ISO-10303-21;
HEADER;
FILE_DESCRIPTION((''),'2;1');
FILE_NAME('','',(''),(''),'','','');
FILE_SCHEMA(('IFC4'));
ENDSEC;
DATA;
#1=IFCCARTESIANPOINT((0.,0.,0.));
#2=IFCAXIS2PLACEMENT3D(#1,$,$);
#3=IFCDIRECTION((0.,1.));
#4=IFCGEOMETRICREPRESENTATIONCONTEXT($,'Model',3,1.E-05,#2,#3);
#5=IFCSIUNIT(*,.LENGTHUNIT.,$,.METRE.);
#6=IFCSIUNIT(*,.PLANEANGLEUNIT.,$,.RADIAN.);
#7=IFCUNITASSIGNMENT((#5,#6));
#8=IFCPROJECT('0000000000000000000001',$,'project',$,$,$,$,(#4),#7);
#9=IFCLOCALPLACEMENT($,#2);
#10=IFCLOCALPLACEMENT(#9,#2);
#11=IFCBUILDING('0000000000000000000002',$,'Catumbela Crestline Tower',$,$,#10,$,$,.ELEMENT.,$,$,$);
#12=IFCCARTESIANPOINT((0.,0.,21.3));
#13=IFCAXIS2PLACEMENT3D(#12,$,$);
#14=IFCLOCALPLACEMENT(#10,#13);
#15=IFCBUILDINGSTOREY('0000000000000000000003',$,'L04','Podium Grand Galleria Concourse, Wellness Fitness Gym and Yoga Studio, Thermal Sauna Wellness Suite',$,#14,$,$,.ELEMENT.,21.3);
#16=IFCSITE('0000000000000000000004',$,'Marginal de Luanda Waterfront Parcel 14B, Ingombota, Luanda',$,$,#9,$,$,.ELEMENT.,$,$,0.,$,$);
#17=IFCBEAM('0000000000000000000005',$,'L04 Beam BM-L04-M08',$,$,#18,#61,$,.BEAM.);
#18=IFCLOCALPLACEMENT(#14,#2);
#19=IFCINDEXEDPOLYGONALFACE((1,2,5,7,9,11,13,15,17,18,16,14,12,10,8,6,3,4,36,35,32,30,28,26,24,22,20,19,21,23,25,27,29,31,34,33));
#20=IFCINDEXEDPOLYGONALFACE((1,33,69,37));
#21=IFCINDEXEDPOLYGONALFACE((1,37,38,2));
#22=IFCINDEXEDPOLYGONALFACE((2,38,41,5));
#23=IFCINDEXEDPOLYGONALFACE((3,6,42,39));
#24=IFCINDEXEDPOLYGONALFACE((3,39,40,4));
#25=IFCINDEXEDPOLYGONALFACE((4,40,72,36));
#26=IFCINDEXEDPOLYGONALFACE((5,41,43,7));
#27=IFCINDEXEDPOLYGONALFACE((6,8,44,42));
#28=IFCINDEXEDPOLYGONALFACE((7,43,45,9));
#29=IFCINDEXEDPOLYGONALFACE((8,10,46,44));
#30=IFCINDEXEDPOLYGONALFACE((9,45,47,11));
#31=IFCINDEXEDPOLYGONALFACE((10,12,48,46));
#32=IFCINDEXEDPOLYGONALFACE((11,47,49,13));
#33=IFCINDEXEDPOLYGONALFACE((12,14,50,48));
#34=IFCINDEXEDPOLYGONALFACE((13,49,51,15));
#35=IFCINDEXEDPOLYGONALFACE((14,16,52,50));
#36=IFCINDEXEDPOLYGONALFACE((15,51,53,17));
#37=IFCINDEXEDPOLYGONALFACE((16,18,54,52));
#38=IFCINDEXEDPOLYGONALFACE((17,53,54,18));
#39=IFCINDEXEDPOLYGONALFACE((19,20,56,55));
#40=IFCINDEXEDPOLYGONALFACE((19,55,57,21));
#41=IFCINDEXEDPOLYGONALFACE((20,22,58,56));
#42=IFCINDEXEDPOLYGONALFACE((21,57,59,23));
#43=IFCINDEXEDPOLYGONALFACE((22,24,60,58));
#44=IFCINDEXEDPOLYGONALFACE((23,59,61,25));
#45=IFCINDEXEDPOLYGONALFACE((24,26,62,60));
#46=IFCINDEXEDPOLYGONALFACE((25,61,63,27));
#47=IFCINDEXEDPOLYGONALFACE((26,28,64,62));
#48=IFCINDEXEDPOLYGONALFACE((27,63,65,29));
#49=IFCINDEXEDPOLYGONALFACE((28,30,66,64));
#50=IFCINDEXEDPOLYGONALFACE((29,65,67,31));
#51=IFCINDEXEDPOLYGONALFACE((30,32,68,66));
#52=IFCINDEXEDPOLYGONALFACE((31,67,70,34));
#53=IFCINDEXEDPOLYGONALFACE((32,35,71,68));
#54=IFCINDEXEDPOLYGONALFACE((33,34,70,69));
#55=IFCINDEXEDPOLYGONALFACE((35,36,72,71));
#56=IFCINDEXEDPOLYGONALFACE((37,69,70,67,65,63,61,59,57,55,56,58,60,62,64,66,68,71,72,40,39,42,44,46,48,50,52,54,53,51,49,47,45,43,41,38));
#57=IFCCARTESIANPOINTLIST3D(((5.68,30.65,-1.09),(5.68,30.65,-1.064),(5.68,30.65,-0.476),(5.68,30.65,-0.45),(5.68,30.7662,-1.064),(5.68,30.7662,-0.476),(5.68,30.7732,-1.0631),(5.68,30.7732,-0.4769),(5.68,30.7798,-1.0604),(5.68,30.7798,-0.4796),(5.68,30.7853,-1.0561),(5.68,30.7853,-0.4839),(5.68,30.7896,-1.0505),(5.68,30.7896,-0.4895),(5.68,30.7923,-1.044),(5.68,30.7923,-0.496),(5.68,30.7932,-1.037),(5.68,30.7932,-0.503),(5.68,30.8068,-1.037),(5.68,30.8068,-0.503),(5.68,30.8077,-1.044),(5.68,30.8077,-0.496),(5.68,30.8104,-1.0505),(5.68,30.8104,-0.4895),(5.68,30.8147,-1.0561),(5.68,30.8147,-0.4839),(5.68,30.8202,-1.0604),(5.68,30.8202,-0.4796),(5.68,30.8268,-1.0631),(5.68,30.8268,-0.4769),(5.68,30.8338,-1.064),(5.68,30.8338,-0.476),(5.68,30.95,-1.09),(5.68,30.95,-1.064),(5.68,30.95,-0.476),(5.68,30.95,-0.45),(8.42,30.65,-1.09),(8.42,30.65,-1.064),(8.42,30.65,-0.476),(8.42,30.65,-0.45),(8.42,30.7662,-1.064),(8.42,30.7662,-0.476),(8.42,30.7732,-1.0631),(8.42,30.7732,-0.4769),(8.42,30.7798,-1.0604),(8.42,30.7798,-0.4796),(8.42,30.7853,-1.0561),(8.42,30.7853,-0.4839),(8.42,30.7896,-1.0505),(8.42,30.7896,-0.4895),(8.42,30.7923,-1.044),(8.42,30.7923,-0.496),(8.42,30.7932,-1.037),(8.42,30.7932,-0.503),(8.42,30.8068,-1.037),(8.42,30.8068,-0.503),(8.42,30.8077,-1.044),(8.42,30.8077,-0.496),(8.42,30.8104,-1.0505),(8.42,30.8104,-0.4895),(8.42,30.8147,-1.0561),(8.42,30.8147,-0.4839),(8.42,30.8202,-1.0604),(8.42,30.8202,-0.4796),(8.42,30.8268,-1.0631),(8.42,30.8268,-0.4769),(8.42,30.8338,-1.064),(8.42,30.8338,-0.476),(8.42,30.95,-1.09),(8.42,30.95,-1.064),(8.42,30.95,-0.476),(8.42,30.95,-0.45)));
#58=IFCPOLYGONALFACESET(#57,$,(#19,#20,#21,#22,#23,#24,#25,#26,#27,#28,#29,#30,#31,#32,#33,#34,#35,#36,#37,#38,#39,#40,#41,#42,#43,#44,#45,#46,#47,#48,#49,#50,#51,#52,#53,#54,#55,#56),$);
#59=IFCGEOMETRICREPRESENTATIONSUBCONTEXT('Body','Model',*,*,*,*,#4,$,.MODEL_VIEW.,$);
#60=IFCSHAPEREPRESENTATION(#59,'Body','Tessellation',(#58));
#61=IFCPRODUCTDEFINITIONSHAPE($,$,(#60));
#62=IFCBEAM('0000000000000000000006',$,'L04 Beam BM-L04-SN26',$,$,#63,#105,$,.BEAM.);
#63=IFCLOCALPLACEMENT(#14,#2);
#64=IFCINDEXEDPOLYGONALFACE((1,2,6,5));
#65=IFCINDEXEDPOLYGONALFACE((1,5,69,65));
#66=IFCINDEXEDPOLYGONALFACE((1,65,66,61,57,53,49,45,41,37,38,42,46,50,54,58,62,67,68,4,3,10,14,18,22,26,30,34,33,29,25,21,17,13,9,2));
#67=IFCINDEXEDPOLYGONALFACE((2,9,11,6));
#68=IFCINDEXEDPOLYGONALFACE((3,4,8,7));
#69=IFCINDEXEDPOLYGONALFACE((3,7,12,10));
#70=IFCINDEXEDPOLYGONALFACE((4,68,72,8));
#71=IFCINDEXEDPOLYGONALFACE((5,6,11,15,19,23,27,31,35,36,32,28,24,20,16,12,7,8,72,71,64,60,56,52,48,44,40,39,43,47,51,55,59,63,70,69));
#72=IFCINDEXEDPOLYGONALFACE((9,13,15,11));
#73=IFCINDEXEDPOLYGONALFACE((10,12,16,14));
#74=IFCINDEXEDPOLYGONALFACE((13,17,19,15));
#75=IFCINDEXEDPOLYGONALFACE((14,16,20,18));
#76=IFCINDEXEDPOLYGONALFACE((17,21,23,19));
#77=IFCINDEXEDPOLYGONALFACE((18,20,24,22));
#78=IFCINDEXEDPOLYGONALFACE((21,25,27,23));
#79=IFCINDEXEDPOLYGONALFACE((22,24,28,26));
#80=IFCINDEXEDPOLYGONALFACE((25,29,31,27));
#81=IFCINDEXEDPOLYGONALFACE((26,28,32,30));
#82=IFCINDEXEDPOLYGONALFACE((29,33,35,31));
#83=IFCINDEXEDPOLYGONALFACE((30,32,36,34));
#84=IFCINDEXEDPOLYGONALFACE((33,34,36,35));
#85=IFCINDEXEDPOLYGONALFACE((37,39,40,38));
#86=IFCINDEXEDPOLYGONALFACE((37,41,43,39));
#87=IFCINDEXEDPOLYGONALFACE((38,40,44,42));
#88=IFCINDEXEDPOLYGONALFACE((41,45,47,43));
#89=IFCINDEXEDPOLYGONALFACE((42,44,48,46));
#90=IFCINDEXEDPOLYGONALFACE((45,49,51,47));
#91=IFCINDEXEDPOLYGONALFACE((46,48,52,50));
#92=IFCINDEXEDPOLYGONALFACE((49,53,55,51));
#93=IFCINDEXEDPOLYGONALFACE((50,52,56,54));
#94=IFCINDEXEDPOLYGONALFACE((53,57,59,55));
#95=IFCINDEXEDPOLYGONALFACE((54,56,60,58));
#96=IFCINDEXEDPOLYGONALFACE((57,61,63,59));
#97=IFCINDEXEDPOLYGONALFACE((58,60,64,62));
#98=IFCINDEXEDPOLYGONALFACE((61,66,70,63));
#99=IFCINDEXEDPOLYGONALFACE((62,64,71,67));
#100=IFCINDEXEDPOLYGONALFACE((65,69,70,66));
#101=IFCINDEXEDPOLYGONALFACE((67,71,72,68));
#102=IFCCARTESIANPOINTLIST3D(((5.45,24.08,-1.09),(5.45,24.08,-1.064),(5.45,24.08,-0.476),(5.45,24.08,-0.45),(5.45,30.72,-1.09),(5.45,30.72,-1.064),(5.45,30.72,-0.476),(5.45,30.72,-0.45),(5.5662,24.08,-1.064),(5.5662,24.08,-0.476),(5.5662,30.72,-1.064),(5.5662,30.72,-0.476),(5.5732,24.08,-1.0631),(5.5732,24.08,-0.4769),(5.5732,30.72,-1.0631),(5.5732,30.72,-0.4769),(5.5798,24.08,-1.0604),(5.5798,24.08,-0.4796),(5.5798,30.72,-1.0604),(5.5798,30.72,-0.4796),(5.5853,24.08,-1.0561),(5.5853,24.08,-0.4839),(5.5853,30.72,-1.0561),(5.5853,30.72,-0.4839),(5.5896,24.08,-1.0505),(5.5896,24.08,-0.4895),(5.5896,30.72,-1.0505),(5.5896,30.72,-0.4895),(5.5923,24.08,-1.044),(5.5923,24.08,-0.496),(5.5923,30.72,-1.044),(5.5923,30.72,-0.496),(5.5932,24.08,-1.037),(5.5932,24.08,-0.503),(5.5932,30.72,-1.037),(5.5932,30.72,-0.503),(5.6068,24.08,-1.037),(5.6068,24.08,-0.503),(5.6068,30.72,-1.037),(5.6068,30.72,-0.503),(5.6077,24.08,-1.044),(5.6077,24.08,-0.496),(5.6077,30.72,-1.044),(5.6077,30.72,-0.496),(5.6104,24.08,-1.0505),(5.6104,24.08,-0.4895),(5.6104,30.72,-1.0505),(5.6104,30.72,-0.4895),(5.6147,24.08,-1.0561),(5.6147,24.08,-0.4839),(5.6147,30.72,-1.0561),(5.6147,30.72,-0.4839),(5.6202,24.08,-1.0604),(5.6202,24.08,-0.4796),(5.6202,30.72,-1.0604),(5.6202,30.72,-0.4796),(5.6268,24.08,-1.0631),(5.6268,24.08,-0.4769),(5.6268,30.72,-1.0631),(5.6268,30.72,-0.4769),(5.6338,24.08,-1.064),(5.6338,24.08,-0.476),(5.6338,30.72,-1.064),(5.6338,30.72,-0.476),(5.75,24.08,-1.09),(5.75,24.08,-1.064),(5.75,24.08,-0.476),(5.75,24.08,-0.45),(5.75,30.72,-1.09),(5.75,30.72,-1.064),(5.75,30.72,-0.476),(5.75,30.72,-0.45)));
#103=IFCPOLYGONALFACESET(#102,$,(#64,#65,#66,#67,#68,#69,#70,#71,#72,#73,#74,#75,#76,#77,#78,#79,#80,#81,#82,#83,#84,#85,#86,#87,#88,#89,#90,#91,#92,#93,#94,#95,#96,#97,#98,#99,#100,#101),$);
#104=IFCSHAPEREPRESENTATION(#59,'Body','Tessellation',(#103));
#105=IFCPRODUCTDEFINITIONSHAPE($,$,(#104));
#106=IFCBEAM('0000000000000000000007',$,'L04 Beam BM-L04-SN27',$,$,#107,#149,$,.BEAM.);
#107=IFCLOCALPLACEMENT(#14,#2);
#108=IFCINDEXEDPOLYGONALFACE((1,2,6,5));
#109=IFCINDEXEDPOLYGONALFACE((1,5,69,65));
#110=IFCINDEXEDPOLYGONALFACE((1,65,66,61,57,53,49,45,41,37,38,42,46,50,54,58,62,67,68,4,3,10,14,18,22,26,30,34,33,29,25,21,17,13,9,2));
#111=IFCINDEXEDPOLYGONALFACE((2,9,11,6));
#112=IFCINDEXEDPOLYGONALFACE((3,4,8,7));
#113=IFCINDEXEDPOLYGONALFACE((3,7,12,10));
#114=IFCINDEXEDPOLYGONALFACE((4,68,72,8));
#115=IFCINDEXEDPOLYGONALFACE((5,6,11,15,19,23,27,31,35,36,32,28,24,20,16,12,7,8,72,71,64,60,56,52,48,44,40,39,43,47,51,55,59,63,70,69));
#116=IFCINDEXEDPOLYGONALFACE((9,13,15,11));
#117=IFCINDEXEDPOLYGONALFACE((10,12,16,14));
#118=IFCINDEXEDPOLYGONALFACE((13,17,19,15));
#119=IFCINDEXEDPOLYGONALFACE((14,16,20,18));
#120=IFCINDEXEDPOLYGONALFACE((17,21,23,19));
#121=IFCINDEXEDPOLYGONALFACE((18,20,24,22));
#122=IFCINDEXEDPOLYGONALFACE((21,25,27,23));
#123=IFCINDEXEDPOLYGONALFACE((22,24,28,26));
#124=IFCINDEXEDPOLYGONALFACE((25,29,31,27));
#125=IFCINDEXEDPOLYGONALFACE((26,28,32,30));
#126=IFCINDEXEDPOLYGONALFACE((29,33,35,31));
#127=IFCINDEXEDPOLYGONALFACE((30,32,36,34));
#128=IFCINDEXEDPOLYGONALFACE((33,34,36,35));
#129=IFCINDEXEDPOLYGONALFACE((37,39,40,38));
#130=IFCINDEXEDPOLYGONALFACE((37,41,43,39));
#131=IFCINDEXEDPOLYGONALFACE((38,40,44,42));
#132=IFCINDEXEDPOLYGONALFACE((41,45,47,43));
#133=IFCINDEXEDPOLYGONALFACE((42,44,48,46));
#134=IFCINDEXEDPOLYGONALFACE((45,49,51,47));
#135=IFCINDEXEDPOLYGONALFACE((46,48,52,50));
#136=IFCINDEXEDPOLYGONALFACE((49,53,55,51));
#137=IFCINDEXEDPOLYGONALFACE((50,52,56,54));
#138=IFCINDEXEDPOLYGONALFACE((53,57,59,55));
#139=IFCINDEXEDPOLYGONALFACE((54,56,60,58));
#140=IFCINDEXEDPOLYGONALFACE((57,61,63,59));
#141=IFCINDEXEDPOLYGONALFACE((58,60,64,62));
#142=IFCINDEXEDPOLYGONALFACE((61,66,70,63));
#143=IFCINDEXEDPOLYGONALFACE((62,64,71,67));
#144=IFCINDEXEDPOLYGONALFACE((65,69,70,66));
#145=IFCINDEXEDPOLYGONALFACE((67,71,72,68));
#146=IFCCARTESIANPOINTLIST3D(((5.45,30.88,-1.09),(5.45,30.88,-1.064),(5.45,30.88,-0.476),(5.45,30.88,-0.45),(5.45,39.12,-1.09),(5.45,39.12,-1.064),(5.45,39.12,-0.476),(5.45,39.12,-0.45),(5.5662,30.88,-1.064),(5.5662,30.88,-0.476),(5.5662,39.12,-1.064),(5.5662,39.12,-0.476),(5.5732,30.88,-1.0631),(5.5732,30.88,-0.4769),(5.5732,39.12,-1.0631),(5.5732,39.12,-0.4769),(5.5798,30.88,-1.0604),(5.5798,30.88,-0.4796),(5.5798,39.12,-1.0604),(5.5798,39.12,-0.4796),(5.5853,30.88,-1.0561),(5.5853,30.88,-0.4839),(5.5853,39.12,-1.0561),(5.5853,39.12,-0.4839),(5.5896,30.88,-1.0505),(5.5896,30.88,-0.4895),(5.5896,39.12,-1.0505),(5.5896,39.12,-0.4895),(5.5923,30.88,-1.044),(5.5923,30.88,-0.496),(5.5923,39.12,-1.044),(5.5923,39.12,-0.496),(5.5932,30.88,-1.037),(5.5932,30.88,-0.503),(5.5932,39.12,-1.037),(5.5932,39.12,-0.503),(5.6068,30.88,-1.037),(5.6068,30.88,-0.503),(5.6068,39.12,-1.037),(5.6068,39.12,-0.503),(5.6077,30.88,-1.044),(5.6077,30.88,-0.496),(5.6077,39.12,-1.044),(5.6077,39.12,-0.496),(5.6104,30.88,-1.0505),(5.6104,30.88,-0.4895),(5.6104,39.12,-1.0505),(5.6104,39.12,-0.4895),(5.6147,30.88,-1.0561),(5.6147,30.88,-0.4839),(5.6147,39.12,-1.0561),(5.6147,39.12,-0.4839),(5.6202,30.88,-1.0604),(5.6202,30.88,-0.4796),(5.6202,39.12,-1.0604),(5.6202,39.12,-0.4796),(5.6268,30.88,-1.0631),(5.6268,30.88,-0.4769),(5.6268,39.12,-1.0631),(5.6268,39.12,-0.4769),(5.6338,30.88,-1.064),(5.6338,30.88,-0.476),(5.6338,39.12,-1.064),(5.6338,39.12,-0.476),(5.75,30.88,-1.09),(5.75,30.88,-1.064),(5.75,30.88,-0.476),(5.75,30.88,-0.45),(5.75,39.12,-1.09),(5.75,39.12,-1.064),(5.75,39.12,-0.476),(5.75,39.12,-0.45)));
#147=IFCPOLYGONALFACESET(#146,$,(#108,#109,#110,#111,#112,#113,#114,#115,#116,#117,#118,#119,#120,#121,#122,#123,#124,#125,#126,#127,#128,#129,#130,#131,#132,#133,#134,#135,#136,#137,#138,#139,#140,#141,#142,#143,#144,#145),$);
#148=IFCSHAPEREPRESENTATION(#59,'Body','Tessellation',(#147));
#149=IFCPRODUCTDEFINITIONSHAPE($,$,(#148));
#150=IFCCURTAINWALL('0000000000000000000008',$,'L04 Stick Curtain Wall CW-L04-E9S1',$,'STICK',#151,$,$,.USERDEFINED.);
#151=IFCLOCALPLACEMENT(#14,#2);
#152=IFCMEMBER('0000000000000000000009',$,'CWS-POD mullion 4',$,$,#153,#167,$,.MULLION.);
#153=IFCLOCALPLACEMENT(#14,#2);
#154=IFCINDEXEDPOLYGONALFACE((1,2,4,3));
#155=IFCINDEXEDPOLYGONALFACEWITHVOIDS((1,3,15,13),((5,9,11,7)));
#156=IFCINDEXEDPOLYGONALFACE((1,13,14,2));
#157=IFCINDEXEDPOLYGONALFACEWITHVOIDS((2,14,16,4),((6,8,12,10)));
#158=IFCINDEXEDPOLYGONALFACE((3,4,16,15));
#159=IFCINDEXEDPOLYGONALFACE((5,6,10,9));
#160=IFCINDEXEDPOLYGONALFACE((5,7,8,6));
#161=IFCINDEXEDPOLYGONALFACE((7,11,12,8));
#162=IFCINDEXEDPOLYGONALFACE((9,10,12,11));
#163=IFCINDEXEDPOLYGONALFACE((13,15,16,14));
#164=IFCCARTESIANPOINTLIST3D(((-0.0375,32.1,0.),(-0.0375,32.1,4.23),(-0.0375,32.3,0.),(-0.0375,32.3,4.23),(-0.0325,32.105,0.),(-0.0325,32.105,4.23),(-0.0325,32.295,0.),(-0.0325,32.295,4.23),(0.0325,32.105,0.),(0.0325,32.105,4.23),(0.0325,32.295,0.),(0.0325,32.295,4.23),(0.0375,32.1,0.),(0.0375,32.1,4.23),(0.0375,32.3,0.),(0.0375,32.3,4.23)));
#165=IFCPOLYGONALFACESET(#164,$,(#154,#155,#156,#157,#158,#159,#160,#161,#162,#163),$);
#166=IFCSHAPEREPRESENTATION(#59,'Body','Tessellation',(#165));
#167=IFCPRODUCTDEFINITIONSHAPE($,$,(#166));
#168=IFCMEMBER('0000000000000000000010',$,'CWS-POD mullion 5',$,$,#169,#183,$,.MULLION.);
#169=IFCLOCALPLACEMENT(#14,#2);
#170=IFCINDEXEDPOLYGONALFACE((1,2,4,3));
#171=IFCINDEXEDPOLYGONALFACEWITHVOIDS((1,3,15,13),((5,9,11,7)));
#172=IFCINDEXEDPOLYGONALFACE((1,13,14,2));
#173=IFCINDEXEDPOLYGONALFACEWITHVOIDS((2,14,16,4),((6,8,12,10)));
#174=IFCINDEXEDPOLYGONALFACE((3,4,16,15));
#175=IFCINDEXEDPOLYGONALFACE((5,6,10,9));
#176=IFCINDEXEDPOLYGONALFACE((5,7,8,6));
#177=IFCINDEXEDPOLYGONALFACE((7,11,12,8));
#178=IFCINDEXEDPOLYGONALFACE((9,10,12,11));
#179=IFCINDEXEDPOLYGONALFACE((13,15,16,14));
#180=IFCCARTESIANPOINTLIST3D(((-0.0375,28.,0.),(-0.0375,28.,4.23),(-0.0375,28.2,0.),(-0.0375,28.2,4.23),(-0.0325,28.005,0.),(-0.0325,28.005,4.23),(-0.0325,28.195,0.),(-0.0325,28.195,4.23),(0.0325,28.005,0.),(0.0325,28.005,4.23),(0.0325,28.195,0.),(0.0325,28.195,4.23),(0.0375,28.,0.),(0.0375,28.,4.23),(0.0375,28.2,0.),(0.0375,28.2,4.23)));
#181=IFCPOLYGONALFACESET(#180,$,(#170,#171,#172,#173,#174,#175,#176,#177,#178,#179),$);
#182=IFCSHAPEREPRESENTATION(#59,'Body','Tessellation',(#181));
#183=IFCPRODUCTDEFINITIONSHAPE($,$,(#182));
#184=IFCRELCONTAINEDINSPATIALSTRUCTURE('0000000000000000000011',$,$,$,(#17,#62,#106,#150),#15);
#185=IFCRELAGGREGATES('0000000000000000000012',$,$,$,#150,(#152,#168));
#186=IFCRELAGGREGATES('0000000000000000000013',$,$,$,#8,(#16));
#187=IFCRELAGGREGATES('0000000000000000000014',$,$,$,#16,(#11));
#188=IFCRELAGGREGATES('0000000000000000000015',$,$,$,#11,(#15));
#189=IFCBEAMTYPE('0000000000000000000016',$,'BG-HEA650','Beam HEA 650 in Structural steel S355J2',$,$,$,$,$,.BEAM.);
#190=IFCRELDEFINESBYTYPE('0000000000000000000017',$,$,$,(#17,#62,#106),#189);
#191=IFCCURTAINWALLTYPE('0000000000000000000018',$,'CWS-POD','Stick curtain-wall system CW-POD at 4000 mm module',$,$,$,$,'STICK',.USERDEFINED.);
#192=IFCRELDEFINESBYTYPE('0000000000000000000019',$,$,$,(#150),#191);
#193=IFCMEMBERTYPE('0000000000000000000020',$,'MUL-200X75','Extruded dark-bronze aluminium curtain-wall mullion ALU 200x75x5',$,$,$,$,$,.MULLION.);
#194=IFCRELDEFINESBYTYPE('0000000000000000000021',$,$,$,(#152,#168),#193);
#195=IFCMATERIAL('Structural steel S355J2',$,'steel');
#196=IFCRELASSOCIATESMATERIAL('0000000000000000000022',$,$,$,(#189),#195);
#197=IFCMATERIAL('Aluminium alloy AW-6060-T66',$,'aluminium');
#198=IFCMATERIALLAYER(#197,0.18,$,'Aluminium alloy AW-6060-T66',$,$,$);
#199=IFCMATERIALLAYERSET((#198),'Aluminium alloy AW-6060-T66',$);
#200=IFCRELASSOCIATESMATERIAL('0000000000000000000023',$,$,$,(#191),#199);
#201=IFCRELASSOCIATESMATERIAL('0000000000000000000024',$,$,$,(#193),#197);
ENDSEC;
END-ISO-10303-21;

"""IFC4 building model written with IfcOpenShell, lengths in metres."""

from ifc_helpers import new_model, si_unit, direction, frame, origin, origin_2d, place, context, subcontext, project, spatial, hollow_rectangle, i_section, extrude, material, layer, layer_set, material_profile, profile_set, type_object, element, aggregate, save


model = new_model("IFC4")

# Units and contexts
model_context = context("Model", 3, precision=1e-05, world=origin(), true_north=direction((0.0, 1.0)))
body_context = subcontext(model_context, "Body", "Model", "MODEL_VIEW")
ifc_project = project(units=[si_unit("LENGTHUNIT", "METRE"), si_unit("PLANEANGLEUNIT", "RADIAN")], contexts=[model_context])

# Site, building, storey
site_placement = place(None, origin())
site = spatial("IfcSite", under=ifc_project, at=site_placement, Name="Marginal de Luanda Waterfront Parcel 14B, Ingombota, Luanda", CompositionType="ELEMENT", RefElevation=0.0)
building_placement = place(site_placement, origin())
building = spatial("IfcBuilding", under=site, at=building_placement, Name="Catumbela Crestline Tower", CompositionType="ELEMENT")
storey_placement = place(building_placement, frame((0.0, 0.0, 21.3)))
storey = spatial("IfcBuildingStorey", under=building, at=storey_placement, Name="L04", Description="Podium Grand Galleria Concourse, Wellness Fitness Gym and Yoga Studio, Thermal Sauna Wellness Suite", CompositionType="ELEMENT", Elevation=21.3)

# Beams
ifc_material_1 = material(Name="Structural steel S355J2", Category="steel")
ifc_material_profile_1 = material_profile(ifc_material_1, i_section(OverallWidth=0.3, OverallDepth=0.64, WebThickness=0.0135, FlangeThickness=0.026, FilletRadius=0.027, at=origin_2d()), Name="HEA 650")
ifc_profile_set_1 = profile_set([ifc_material_profile_1], Name="Structural steel S355J2")
beam_type_1 = type_object("IfcBeamType", Name="BG-HEA650", Description="Beam HEA 650 in Structural steel S355J2", PredefinedType="BEAM", material=ifc_profile_set_1)
beam_1_placement = place(storey_placement, frame((5.68, 30.8, -0.77), z_axis=(1.0, 0.0, 0.0), x_axis=(0.0, 1.0, 0.0)))
element("IfcBeam", 1, at=beam_1_placement, inside=storey, type_object=beam_type_1, Name="L04 Beam BM-L04-M08", PredefinedType="BEAM", context=body_context, shape_type="SweptSolid", body=[
    extrude(i_section(OverallWidth=0.3, OverallDepth=0.64, WebThickness=0.0135, FlangeThickness=0.026, FilletRadius=0.027, at=origin_2d()), origin(), (0.0, 0.0, 1.0), 2.74),
])
beam_2_placement = place(storey_placement, frame((5.6, 24.08, -0.77), z_axis=(0.0, 1.0, 0.0), x_axis=(-1.0, 0.0, 0.0)))
element("IfcBeam", 2, at=beam_2_placement, inside=storey, type_object=beam_type_1, Name="L04 Beam BM-L04-SN26", PredefinedType="BEAM", context=body_context, shape_type="SweptSolid", body=[
    extrude(i_section(OverallWidth=0.3, OverallDepth=0.64, WebThickness=0.0135, FlangeThickness=0.026, FilletRadius=0.027, at=origin_2d()), origin(), (0.0, 0.0, 1.0), 6.64),
])
beam_3_placement = place(storey_placement, frame((5.6, 30.88, -0.77), z_axis=(0.0, 1.0, 0.0), x_axis=(-1.0, 0.0, 0.0)))
element("IfcBeam", 3, at=beam_3_placement, inside=storey, type_object=beam_type_1, Name="L04 Beam BM-L04-SN27", PredefinedType="BEAM", context=body_context, shape_type="SweptSolid", body=[
    extrude(i_section(OverallWidth=0.3, OverallDepth=0.64, WebThickness=0.0135, FlangeThickness=0.026, FilletRadius=0.027, at=origin_2d()), origin(), (0.0, 0.0, 1.0), 8.24),
])

# Curtain wall, members
ifc_material_2 = material(Name="Aluminium alloy AW-6060-T66", Category="aluminium")
ifc_layer_1 = layer(ifc_material_2, 0.18, Name="Aluminium alloy AW-6060-T66")
ifc_layer_set_1 = layer_set([ifc_layer_1], Name="Aluminium alloy AW-6060-T66")
curtain_wall_type = type_object("IfcCurtainWallType", Name="CWS-POD", Description="Stick curtain-wall system CW-POD at 4000 mm module", ElementType="STICK", PredefinedType="USERDEFINED", material=ifc_layer_set_1)
curtain_wall_placement = place(storey_placement, origin())
curtain_wall = element("IfcCurtainWall", 4, at=curtain_wall_placement, inside=storey, type_object=curtain_wall_type, Name="L04 Stick Curtain Wall CW-L04-E9S1", ObjectType="STICK", PredefinedType="USERDEFINED")
ifc_material_profile_2 = material_profile(ifc_material_2, hollow_rectangle(XDim=0.075, YDim=0.2, WallThickness=0.005, at=origin_2d()), Name="ALU 200x75x5")
ifc_profile_set_2 = profile_set([ifc_material_profile_2], Name="Aluminium alloy AW-6060-T66")
member_type_1 = type_object("IfcMemberType", Name="MUL-200X75", Description="Extruded dark-bronze aluminium curtain-wall mullion ALU 200x75x5", PredefinedType="MULLION", material=ifc_profile_set_2)
member_1_placement = place(storey_placement, frame((0.0, 32.2, 0.0), z_axis=(0.0, 0.0, 1.0), x_axis=(1.0, 0.0, 0.0)))
member_1 = element("IfcMember", 5, at=member_1_placement, type_object=member_type_1, Name="CWS-POD mullion 4", PredefinedType="MULLION", context=body_context, shape_type="SweptSolid", body=[
    extrude(hollow_rectangle(XDim=0.075, YDim=0.2, WallThickness=0.005, at=origin_2d()), origin(), (0.0, 0.0, 1.0), 4.23),
])
member_2_placement = place(storey_placement, frame((0.0, 28.1, 0.0), z_axis=(0.0, 0.0, 1.0), x_axis=(1.0, 0.0, 0.0)))
member_2 = element("IfcMember", 6, at=member_2_placement, type_object=member_type_1, Name="CWS-POD mullion 5", PredefinedType="MULLION", context=body_context, shape_type="SweptSolid", body=[
    extrude(hollow_rectangle(XDim=0.075, YDim=0.2, WallThickness=0.005, at=origin_2d()), origin(), (0.0, 0.0, 1.0), 4.23),
])

aggregate(curtain_wall, [member_1, member_2])

save(model, "model.ifc")
